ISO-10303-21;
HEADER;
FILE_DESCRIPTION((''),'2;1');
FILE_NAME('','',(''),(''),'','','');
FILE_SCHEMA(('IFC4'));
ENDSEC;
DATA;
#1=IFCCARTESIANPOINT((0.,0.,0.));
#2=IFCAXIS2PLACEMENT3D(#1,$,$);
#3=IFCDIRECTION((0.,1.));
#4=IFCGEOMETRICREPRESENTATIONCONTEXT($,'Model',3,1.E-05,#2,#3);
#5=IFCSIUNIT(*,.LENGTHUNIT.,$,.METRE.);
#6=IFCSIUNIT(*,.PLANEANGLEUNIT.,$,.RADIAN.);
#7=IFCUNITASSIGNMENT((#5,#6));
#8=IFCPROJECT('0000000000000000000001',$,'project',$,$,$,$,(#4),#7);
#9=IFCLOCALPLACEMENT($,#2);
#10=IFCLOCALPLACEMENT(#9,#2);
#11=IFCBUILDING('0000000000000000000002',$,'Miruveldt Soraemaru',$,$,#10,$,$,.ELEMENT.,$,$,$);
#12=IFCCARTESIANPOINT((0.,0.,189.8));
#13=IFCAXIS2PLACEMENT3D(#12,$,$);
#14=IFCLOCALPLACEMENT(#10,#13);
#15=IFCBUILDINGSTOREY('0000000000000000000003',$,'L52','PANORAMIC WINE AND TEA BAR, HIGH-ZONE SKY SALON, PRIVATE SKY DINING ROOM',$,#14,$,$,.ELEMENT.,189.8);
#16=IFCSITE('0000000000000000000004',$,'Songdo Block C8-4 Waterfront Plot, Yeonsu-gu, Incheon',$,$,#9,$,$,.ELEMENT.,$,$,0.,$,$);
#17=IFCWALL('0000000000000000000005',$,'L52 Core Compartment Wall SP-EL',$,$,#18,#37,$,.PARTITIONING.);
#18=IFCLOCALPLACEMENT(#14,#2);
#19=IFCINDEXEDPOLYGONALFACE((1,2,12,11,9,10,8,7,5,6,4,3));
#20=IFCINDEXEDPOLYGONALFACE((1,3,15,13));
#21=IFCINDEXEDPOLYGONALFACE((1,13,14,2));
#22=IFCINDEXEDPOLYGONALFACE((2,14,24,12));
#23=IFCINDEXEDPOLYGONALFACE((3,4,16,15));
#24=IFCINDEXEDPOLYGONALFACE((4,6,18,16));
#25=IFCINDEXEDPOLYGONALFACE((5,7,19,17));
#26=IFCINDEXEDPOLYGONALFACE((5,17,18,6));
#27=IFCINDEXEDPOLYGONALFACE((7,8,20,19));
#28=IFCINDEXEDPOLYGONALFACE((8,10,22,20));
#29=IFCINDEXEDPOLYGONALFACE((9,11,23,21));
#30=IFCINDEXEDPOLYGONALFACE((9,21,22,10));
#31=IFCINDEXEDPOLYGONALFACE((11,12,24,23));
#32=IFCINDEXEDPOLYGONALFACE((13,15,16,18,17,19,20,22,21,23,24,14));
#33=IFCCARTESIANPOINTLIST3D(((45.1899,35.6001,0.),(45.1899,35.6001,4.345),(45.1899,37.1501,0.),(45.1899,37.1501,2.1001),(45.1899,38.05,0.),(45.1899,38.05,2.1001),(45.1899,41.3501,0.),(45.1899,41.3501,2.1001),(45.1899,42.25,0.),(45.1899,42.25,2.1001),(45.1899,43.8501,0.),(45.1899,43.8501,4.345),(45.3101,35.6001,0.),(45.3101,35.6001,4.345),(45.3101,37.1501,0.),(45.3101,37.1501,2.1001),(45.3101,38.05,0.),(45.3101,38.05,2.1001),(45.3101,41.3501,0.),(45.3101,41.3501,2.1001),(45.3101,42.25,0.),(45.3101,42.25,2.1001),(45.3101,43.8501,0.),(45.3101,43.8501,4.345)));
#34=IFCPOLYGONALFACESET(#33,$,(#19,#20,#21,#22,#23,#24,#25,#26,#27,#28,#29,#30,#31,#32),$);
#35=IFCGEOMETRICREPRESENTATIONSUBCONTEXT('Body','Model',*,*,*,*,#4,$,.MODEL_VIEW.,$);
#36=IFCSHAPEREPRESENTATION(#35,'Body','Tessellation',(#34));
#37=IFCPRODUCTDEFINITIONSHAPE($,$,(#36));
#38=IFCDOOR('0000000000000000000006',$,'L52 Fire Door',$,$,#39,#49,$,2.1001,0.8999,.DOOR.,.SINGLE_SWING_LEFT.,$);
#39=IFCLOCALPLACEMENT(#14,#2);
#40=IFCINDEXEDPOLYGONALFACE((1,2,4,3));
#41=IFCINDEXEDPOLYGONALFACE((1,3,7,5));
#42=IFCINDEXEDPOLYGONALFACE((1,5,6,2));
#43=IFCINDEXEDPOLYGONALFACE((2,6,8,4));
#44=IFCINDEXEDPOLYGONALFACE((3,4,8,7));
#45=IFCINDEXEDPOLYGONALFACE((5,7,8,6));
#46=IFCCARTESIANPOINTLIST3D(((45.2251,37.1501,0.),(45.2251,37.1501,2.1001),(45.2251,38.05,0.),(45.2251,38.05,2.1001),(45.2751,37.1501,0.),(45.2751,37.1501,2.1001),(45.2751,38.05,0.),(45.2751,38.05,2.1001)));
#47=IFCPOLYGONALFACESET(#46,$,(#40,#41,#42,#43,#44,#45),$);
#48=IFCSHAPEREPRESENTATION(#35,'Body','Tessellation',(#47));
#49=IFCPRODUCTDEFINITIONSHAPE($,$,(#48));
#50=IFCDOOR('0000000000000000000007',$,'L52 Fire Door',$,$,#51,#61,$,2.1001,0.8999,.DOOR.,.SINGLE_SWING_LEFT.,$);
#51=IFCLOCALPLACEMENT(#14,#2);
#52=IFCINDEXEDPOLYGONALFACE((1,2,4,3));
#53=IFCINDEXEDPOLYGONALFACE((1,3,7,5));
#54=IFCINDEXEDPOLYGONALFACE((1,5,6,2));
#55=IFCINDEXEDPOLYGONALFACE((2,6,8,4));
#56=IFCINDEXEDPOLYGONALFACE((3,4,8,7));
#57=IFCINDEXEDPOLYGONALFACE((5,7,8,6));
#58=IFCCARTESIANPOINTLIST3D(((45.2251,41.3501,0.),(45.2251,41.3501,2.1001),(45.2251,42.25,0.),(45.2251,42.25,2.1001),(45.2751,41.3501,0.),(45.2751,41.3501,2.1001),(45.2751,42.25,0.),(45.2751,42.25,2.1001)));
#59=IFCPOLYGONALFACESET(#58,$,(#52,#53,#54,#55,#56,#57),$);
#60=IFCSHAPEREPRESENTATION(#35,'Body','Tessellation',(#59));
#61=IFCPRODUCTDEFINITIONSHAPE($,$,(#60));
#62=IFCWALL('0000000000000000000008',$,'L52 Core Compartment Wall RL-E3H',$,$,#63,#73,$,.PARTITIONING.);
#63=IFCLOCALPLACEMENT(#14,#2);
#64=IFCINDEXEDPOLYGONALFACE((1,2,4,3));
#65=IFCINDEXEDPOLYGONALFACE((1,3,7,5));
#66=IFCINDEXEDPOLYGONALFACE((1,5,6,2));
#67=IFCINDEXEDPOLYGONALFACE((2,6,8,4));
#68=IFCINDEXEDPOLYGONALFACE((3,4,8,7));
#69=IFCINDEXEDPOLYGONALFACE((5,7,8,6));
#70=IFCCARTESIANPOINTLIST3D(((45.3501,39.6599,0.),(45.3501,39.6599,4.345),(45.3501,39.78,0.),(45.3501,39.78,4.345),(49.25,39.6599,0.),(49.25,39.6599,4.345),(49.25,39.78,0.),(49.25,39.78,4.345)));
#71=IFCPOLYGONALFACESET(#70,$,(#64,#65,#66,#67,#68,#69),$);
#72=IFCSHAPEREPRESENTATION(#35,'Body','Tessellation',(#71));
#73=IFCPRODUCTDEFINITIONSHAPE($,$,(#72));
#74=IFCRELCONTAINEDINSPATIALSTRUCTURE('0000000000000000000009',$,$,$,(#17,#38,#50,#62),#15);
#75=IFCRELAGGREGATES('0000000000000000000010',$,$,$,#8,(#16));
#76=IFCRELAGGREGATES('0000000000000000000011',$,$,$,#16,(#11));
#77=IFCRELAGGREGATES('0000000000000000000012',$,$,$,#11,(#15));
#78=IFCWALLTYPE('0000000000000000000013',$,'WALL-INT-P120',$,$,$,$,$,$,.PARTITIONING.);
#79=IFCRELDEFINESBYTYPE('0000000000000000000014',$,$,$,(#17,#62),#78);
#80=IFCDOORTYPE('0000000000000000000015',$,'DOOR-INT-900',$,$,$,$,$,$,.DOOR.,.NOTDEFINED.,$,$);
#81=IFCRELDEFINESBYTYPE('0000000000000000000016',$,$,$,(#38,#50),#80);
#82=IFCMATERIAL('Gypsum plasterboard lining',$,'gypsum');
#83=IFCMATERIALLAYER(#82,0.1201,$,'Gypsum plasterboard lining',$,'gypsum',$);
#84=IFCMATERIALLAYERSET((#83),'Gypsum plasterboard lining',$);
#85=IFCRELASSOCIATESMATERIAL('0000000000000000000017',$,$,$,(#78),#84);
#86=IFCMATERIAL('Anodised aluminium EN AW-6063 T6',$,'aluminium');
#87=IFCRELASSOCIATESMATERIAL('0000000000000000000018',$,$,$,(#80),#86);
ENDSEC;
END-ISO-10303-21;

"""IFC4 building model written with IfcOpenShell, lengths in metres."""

from ifc_helpers import new_model, si_unit, direction, frame, frame_2d, origin, place, context, subcontext, project, spatial, rectangle, extrude, material, layer, layer_set, type_object, element, fill, save


model = new_model("IFC4")

# Units and contexts
model_context = context("Model", 3, precision=1e-05, world=origin(), true_north=direction((0.0, 1.0)))
body_context = subcontext(model_context, "Body", "Model", "MODEL_VIEW")
ifc_project = project(units=[si_unit("LENGTHUNIT", "METRE"), si_unit("PLANEANGLEUNIT", "RADIAN")], contexts=[model_context])

# Site, building, storey
site_placement = place(None, origin())
site = spatial("IfcSite", under=ifc_project, at=site_placement, Name="Songdo Block C8-4 Waterfront Plot, Yeonsu-gu, Incheon", CompositionType="ELEMENT", RefElevation=0.0)
building_placement = place(site_placement, origin())
building = spatial("IfcBuilding", under=site, at=building_placement, Name="Miruveldt Soraemaru", CompositionType="ELEMENT")
storey_placement = place(building_placement, frame((0.0, 0.0, 189.8)))
storey = spatial("IfcBuildingStorey", under=building, at=storey_placement, Name="L52", Description="PANORAMIC WINE AND TEA BAR, HIGH-ZONE SKY SALON, PRIVATE SKY DINING ROOM", CompositionType="ELEMENT", Elevation=189.8)

# Shared definitions
ifc_material_1 = material(Name="Anodised aluminium EN AW-6063 T6", Category="aluminium")

# Wall, openings, doors
ifc_material_2 = material(Name="Gypsum plasterboard lining", Category="gypsum")
ifc_layer_1 = layer(ifc_material_2, 0.1201, Name="Gypsum plasterboard lining", Category="gypsum")
ifc_layer_set_1 = layer_set([ifc_layer_1], Name="Gypsum plasterboard lining")
wall_type_1 = type_object("IfcWallType", Name="WALL-INT-P120", PredefinedType="PARTITIONING", material=ifc_layer_set_1)
wall_1_placement = place(storey_placement, frame((45.25, 35.6001, 0.0), z_axis=(0.0, 0.0, 1.0), x_axis=(0.0, 1.0, 0.0)))
wall_1 = element("IfcWall", 1, at=wall_1_placement, inside=storey, type_object=wall_type_1, Name="L52 Core Compartment Wall SP-EL", PredefinedType="PARTITIONING", context=body_context, shape_type="SweptSolid", body=[
    extrude(rectangle(XDim=8.25, YDim=0.1201, at=frame_2d((4.125, 0.0))), origin(), (0.0, 0.0, 1.0), 4.345),
])
opening_1_placement = place(wall_1_placement, frame((1.55, 0.0, 0.0)))
opening_1 = element("IfcOpeningElement", 2, at=opening_1_placement, cuts=wall_1, PredefinedType="OPENING", context=body_context, shape_type="SweptSolid", body=[
    extrude(rectangle(XDim=0.8999, YDim=2.1001, at=frame_2d((0.45, 1.05))), frame((0.0, 0.0701, 0.0), z_axis=(0.0, -1.0, 0.0), x_axis=(1.0, 0.0, 0.0)), (0.0, 0.0, 1.0), 0.1401),
])
opening_2_placement = place(wall_1_placement, frame((5.75, 0.0, 0.0)))
opening_2 = element("IfcOpeningElement", 3, at=opening_2_placement, cuts=wall_1, PredefinedType="OPENING", context=body_context, shape_type="SweptSolid", body=[
    extrude(rectangle(XDim=0.8999, YDim=2.1001, at=frame_2d((0.45, 1.05))), frame((0.0, 0.0701, 0.0), z_axis=(0.0, -1.0, 0.0), x_axis=(1.0, 0.0, 0.0)), (0.0, 0.0, 1.0), 0.1401),
])
door_type_1 = type_object("IfcDoorType", Name="DOOR-INT-900", OperationType="NOTDEFINED", PredefinedType="DOOR", material=ifc_material_1)
door_1_placement = place(opening_1_placement, origin())
door_1 = element("IfcDoor", 4, at=door_1_placement, inside=storey, type_object=door_type_1, Name="L52 Fire Door", OperationType="SINGLE_SWING_LEFT", OverallHeight=2.1001, OverallWidth=0.8999, PredefinedType="DOOR", context=body_context, shape_type="SweptSolid", body=[
    extrude(rectangle(XDim=0.8999, YDim=2.1001, at=frame_2d((0.45, 1.05))), frame((0.0, 0.0249, 0.0), z_axis=(0.0, -1.0, 0.0), x_axis=(1.0, 0.0, 0.0)), (0.0, 0.0, 1.0), 0.05),
])
fill(opening_1, door_1)
door_2_placement = place(opening_2_placement, origin())
door_2 = element("IfcDoor", 5, at=door_2_placement, inside=storey, type_object=door_type_1, Name="L52 Fire Door", OperationType="SINGLE_SWING_LEFT", OverallHeight=2.1001, OverallWidth=0.8999, PredefinedType="DOOR", context=body_context, shape_type="SweptSolid", body=[
    extrude(rectangle(XDim=0.8999, YDim=2.1001, at=frame_2d((0.45, 1.05))), frame((0.0, 0.0249, 0.0), z_axis=(0.0, -1.0, 0.0), x_axis=(1.0, 0.0, 0.0)), (0.0, 0.0, 1.0), 0.05),
])
fill(opening_2, door_2)

# Wall
wall_2_placement = place(storey_placement, frame((45.3501, 39.72, 0.0), z_axis=(0.0, 0.0, 1.0), x_axis=(1.0, 0.0, 0.0)))
element("IfcWall", 6, at=wall_2_placement, inside=storey, type_object=wall_type_1, Name="L52 Core Compartment Wall RL-E3H", PredefinedType="PARTITIONING", context=body_context, shape_type="SweptSolid", body=[
    extrude(rectangle(XDim=3.8999, YDim=0.1201, at=frame_2d((1.95, 0.0))), origin(), (0.0, 0.0, 1.0), 4.345),
])

save(model, "model.ifc")
